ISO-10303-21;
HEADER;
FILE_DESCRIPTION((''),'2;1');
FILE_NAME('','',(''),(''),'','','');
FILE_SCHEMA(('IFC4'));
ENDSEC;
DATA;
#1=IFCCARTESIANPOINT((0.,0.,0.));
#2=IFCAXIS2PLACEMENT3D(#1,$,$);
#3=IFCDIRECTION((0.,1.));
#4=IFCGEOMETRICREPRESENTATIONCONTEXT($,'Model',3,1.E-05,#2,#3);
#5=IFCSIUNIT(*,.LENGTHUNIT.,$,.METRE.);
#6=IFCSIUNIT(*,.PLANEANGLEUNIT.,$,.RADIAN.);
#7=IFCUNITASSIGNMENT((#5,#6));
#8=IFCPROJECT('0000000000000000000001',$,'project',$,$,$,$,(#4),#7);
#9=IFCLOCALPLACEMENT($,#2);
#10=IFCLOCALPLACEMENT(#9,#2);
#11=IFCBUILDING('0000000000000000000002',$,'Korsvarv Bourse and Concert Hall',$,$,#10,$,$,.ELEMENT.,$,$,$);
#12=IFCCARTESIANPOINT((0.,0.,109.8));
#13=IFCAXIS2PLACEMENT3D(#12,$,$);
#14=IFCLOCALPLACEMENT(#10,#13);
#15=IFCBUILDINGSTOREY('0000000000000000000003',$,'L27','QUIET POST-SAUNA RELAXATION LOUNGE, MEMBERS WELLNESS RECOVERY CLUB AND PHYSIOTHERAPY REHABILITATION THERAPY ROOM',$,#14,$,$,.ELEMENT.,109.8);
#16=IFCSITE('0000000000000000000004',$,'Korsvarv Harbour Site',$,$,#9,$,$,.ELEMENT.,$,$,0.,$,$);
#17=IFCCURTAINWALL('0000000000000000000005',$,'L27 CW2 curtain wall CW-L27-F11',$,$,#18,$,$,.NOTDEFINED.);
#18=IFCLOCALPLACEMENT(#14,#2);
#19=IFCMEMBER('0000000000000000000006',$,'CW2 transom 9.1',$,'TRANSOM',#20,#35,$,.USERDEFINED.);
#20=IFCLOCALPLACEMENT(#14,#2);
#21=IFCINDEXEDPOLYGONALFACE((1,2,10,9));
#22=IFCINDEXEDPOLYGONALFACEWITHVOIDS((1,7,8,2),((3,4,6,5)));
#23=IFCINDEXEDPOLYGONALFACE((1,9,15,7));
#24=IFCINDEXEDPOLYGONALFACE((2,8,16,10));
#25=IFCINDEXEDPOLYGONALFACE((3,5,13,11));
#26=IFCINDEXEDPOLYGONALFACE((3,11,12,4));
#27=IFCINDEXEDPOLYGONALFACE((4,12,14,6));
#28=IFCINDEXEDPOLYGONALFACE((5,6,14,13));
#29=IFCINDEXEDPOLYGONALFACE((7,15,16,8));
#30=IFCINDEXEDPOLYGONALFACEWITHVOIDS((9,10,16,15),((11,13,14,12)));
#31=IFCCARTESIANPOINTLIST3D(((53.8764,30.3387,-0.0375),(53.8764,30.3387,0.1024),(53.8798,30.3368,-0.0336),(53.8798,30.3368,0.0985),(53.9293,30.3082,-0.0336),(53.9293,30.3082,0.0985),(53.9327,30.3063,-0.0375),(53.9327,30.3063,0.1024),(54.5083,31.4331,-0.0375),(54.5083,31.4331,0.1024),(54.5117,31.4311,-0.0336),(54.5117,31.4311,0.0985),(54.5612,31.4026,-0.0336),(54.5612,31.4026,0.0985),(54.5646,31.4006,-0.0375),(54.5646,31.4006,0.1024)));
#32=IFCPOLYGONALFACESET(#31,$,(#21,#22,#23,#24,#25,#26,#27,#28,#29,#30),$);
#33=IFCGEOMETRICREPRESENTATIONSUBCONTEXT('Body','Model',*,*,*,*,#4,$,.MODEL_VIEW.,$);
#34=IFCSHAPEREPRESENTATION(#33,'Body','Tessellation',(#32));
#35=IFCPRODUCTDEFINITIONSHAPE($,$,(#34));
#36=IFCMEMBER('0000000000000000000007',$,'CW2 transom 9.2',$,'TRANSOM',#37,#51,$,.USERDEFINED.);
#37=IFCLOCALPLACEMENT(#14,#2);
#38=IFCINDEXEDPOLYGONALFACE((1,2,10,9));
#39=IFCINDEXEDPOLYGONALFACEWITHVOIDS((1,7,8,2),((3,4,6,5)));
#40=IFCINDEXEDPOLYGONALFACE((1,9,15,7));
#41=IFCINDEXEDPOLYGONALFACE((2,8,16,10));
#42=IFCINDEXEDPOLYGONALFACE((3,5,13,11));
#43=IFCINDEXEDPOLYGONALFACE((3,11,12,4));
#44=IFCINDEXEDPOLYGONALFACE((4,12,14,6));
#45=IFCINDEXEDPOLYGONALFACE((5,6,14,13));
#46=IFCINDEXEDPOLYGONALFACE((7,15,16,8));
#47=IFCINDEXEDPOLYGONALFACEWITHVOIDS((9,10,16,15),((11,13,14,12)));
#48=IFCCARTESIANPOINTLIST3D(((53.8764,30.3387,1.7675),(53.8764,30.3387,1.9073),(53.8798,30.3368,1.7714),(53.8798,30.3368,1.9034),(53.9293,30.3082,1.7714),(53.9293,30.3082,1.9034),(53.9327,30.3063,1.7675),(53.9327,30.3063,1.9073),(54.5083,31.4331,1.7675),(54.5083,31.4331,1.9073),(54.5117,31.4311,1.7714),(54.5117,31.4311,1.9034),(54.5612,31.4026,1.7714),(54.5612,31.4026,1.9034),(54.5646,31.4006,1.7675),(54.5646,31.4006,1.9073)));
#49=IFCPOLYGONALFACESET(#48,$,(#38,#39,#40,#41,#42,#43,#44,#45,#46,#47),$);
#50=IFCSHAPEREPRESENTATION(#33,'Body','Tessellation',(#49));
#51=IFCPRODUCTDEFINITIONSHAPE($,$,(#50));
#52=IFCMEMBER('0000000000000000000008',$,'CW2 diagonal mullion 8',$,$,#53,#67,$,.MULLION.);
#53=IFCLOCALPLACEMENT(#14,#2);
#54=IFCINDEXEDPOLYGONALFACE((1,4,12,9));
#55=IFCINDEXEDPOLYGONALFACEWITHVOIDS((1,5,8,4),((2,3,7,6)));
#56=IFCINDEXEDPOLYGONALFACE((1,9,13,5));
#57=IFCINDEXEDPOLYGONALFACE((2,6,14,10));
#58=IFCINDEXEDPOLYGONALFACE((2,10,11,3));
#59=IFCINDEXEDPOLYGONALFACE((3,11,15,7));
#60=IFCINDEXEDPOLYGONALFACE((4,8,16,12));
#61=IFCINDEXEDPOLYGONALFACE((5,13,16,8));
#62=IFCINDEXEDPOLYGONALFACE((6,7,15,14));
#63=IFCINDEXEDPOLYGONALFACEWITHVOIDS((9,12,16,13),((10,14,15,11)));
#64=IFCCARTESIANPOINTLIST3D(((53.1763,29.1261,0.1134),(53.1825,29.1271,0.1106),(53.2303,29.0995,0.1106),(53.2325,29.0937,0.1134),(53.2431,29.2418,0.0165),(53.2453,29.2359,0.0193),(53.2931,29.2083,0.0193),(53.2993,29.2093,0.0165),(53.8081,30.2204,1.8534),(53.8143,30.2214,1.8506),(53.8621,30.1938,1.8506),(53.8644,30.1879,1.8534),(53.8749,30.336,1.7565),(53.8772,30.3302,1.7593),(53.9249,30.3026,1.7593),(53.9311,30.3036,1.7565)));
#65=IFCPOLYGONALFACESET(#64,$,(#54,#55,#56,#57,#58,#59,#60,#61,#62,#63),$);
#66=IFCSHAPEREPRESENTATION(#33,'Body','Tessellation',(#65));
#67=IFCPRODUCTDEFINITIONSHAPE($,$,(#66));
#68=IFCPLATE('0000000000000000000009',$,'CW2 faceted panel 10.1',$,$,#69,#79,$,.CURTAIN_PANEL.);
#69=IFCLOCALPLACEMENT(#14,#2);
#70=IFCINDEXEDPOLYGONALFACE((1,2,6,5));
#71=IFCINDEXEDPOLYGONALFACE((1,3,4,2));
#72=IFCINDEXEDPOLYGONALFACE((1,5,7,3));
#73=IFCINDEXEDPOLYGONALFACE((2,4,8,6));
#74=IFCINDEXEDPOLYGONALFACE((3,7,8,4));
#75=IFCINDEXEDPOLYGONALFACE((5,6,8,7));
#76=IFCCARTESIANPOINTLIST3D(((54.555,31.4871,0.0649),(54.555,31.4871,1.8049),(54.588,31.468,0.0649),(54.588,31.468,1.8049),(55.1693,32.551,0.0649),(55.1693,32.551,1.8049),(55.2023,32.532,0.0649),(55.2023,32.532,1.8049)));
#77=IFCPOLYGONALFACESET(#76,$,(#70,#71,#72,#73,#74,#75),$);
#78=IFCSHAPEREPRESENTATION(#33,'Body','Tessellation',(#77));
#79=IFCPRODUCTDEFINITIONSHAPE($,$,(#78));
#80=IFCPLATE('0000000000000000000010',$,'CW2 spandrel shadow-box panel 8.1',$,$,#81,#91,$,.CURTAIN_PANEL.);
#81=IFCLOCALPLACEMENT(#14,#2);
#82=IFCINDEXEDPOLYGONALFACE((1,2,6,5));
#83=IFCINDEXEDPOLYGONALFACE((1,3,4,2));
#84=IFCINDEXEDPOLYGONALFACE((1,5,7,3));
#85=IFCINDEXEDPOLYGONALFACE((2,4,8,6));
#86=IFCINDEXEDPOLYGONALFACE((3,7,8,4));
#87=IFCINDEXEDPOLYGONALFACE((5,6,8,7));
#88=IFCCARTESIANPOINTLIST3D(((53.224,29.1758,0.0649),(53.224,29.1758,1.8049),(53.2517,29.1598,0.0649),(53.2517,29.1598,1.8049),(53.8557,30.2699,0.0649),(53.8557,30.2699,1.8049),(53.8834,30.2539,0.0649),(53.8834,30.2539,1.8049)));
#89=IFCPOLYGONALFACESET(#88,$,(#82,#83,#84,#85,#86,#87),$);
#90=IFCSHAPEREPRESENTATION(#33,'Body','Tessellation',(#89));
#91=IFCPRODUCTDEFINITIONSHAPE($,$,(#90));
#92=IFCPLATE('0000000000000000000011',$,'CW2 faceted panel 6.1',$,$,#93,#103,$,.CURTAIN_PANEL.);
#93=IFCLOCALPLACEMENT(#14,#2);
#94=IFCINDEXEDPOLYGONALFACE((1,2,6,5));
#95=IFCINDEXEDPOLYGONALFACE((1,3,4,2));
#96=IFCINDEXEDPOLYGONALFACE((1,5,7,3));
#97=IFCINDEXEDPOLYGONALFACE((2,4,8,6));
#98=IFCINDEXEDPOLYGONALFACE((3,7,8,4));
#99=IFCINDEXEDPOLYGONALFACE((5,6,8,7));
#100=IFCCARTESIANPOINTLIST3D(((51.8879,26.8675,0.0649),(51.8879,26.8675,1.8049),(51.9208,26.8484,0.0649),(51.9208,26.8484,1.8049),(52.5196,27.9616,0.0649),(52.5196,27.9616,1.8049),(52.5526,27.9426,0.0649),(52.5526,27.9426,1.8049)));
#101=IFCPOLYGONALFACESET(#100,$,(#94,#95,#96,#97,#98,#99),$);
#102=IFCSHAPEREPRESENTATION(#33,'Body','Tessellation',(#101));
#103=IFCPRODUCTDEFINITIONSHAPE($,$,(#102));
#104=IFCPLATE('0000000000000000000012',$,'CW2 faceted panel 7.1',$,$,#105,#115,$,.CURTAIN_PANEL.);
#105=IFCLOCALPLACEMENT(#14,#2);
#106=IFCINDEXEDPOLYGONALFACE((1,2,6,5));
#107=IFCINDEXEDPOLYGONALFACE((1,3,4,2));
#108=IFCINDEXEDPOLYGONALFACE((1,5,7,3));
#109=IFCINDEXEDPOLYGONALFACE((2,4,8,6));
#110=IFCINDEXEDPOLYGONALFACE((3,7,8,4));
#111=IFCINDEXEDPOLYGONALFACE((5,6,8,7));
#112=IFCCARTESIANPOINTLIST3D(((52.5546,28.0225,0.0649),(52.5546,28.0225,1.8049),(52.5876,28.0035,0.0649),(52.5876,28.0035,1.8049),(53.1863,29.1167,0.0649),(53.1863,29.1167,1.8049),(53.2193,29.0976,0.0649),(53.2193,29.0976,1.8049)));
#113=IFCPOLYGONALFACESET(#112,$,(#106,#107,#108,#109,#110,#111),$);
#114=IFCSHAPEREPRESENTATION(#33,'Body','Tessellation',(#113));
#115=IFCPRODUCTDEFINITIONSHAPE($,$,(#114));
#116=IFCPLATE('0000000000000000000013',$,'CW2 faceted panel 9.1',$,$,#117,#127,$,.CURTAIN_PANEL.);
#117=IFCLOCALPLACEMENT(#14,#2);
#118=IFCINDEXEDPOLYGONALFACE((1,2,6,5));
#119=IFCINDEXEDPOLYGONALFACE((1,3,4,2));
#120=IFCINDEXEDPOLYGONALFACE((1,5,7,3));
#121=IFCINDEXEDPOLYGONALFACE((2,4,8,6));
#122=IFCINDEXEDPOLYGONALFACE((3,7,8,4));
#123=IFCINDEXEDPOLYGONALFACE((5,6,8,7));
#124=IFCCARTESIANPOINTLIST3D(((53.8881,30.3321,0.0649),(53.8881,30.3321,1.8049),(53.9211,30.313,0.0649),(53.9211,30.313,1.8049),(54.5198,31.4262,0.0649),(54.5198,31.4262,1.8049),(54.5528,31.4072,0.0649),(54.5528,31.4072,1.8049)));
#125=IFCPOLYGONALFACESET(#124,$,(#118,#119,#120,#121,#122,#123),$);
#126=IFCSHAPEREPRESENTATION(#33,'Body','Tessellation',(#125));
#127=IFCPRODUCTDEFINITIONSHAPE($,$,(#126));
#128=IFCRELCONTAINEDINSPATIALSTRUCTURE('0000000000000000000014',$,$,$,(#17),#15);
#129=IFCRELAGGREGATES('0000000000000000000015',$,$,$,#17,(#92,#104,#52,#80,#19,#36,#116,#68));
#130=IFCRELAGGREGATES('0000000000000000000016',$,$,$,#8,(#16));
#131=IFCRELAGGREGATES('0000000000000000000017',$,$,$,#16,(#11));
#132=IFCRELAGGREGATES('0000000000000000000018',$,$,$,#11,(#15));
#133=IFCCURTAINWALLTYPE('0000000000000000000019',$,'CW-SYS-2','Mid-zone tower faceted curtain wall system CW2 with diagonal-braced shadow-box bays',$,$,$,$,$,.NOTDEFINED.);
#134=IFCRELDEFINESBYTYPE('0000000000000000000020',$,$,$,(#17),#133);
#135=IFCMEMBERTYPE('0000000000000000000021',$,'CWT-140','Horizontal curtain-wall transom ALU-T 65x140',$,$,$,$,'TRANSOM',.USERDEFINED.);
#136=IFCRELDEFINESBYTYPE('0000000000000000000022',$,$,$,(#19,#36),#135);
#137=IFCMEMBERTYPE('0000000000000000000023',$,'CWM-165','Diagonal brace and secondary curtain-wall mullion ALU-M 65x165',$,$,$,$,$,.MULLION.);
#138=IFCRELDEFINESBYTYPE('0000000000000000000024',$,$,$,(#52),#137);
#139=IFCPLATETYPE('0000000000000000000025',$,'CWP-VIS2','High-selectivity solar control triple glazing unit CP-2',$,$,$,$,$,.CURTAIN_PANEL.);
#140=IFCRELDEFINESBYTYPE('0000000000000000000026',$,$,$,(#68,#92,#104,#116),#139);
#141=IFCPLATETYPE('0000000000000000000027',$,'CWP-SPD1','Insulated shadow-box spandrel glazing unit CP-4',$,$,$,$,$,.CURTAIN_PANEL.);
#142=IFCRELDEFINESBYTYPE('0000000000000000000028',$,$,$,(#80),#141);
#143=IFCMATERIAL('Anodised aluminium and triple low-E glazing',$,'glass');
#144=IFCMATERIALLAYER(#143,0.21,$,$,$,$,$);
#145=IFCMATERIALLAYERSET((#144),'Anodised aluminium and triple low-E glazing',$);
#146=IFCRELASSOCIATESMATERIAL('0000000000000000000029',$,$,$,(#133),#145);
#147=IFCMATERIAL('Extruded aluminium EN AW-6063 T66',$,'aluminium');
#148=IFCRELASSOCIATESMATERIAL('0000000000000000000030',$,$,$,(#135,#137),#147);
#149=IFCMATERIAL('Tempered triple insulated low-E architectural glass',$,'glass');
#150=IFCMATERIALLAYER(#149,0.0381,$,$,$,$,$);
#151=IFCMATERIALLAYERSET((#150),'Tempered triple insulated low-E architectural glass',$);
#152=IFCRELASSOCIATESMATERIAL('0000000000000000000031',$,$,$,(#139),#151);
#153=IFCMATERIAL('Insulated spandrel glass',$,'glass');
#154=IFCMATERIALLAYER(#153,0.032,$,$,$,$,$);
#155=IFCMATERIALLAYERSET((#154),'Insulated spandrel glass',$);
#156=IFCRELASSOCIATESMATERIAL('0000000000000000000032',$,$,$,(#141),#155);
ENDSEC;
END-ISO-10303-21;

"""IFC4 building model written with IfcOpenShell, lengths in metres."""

from ifc_helpers import new_model, si_unit, direction, frame, origin, origin_2d, place, context, subcontext, project, spatial, rectangle, hollow_rectangle, extrude, source, transform, mapped, material, layer, layer_set, material_profile, profile_set, type_object, element, aggregate, save


model = new_model("IFC4")

# Units and contexts
model_context = context("Model", 3, precision=1e-05, world=origin(), true_north=direction((0.0, 1.0)))
body_context = subcontext(model_context, "Body", "Model", "MODEL_VIEW")
ifc_project = project(units=[si_unit("LENGTHUNIT", "METRE"), si_unit("PLANEANGLEUNIT", "RADIAN")], contexts=[model_context])

# Site, building, storey
site_placement = place(None, origin())
site = spatial("IfcSite", under=ifc_project, at=site_placement, Name="Korsvarv Harbour Site", CompositionType="ELEMENT", RefElevation=0.0)
building_placement = place(site_placement, origin())
building = spatial("IfcBuilding", under=site, at=building_placement, Name="Korsvarv Bourse and Concert Hall", CompositionType="ELEMENT")
storey_placement = place(building_placement, frame((0.0, 0.0, 109.8)))
storey = spatial("IfcBuildingStorey", under=building, at=storey_placement, Name="L27", Description="QUIET POST-SAUNA RELAXATION LOUNGE, MEMBERS WELLNESS RECOVERY CLUB AND PHYSIOTHERAPY REHABILITATION THERAPY ROOM", CompositionType="ELEMENT", Elevation=109.8)

# Curtain wall, members, plates
ifc_material_1 = material(Name="Anodised aluminium and triple low-E glazing", Category="glass")
ifc_layer_1 = layer(ifc_material_1, 0.21)
ifc_layer_set_1 = layer_set([ifc_layer_1], Name="Anodised aluminium and triple low-E glazing")
curtain_wall_type = type_object("IfcCurtainWallType", Name="CW-SYS-2", Description="Mid-zone tower faceted curtain wall system CW2 with diagonal-braced shadow-box bays", PredefinedType="NOTDEFINED", material=ifc_layer_set_1)
curtain_wall_placement = place(storey_placement, origin())
curtain_wall = element("IfcCurtainWall", 1, at=curtain_wall_placement, inside=storey, type_object=curtain_wall_type, Name="L27 CW2 curtain wall CW-L27-F11", PredefinedType="NOTDEFINED")
ifc_material_2 = material(Name="Extruded aluminium EN AW-6063 T66", Category="aluminium")
ifc_material_profile_1 = material_profile(ifc_material_2, hollow_rectangle(XDim=0.0649, YDim=0.1399, WallThickness=0.0039, at=origin_2d()), Name="ALU-T 65x140")
ifc_profile_set_1 = profile_set([ifc_material_profile_1], Name="Extruded aluminium EN AW-6063 T66")
member_type_1 = type_object("IfcMemberType", Name="CWT-140", Description="Horizontal curtain-wall transom ALU-T 65x140", ElementType="TRANSOM", PredefinedType="USERDEFINED", material=ifc_profile_set_1)
shared_shape_1 = source(origin(), body_context, "Body", "SweptSolid", [
    extrude(hollow_rectangle(XDim=0.0649, YDim=0.1399, WallThickness=0.0039, at=origin_2d()), origin(), (0.0, 0.0, 1.0), 1.2637),
])
member_1_placement = place(storey_placement, frame((53.9045, 30.3225, 0.0325), z_axis=(0.500046, 0.865999, 0.0), x_axis=(-0.865999, 0.500046, 0.0)))
member_1 = element("IfcMember", 2, at=member_1_placement, type_object=member_type_1, Name="CW2 transom 9.1", ObjectType="TRANSOM", PredefinedType="USERDEFINED", context=body_context, shape_type="MappedRepresentation", body=[
    mapped(shared_shape_1, transform((0.0, 0.0, 0.0), scale=1.0)),
])
member_2_placement = place(storey_placement, frame((53.9045, 30.3225, 1.8374), z_axis=(0.500046, 0.865999, 0.0), x_axis=(-0.865999, 0.500046, 0.0)))
member_2 = element("IfcMember", 3, at=member_2_placement, type_object=member_type_1, Name="CW2 transom 9.2", ObjectType="TRANSOM", PredefinedType="USERDEFINED", context=body_context, shape_type="MappedRepresentation", body=[
    mapped(shared_shape_1, transform((0.0, 0.0, 0.0), scale=1.0)),
])
ifc_material_profile_2 = material_profile(ifc_material_2, hollow_rectangle(XDim=0.0649, YDim=0.165, WallThickness=0.0049, at=origin_2d()), Name="ALU-M 65x165")
ifc_profile_set_2 = profile_set([ifc_material_profile_2], Name="Extruded aluminium EN AW-6063 T66")
member_type_2 = type_object("IfcMemberType", Name="CWM-165", Description="Diagonal brace and secondary curtain-wall mullion ALU-M 65x165", PredefinedType="MULLION", material=ifc_profile_set_2)
shared_shape_2 = source(origin(), body_context, "Body", "SweptSolid", [
    extrude(hollow_rectangle(XDim=0.0649, YDim=0.165, WallThickness=0.0049, at=origin_2d()), origin(), (0.0, 0.0, 1.0), 2.1504),
])
member_3_placement = place(storey_placement, frame((53.2378, 29.1677, 0.0649), z_axis=(0.293825, 0.508858, 0.809154), x_axis=(-0.865999, 0.500046, 0.0)))
member_3 = element("IfcMember", 4, at=member_3_placement, type_object=member_type_2, Name="CW2 diagonal mullion 8", PredefinedType="MULLION", context=body_context, shape_type="MappedRepresentation", body=[
    mapped(shared_shape_2, transform((0.0, 0.0, 0.0), scale=1.0)),
])
ifc_material_3 = material(Name="Tempered triple insulated low-E architectural glass", Category="glass")
ifc_layer_2 = layer(ifc_material_3, 0.0381)
ifc_layer_set_2 = layer_set([ifc_layer_2], Name="Tempered triple insulated low-E architectural glass")
plate_type_1 = type_object("IfcPlateType", Name="CWP-VIS2", Description="High-selectivity solar control triple glazing unit CP-2", PredefinedType="CURTAIN_PANEL", material=ifc_layer_set_2)
shared_shape_3 = source(origin(), body_context, "Body", "SweptSolid", [
    extrude(rectangle(XDim=1.2285, YDim=0.0381, at=origin_2d()), origin(), (0.0, 0.0, 1.0), 1.74),
])
plate_1_placement = place(storey_placement, frame((54.8787, 32.0095, 0.0649), z_axis=(0.0, 0.0, 1.0), x_axis=(0.500006, 0.866022, 0.0)))
plate_1 = element("IfcPlate", 5, at=plate_1_placement, type_object=plate_type_1, Name="CW2 faceted panel 10.1", PredefinedType="CURTAIN_PANEL", context=body_context, shape_type="MappedRepresentation", body=[
    mapped(shared_shape_3, transform((0.0, 0.0, 0.0), scale=1.0)),
])
ifc_material_4 = material(Name="Insulated spandrel glass", Category="glass")
ifc_layer_3 = layer(ifc_material_4, 0.032)
ifc_layer_set_3 = layer_set([ifc_layer_3], Name="Insulated spandrel glass")
plate_type_2 = type_object("IfcPlateType", Name="CWP-SPD1", Description="Insulated shadow-box spandrel glazing unit CP-4", PredefinedType="CURTAIN_PANEL", material=ifc_layer_set_3)
shared_shape_4 = source(origin(), body_context, "Body", "SweptSolid", [
    extrude(rectangle(XDim=1.2634, YDim=0.032, at=origin_2d()), origin(), (0.0, 0.0, 1.0), 1.74),
])
plate_2_placement = place(storey_placement, frame((53.5537, 29.7148, 0.0649), z_axis=(0.0, 0.0, 1.0), x_axis=(0.500006, 0.866022, 0.0)))
plate_2 = element("IfcPlate", 6, at=plate_2_placement, type_object=plate_type_2, Name="CW2 spandrel shadow-box panel 8.1", PredefinedType="CURTAIN_PANEL", context=body_context, shape_type="MappedRepresentation", body=[
    mapped(shared_shape_4, transform((0.0, 0.0, 0.0), scale=1.0)),
])
shared_shape_5 = source(origin(), body_context, "Body", "SweptSolid", [
    extrude(rectangle(XDim=1.2634, YDim=0.0381, at=origin_2d()), origin(), (0.0, 0.0, 1.0), 1.74),
])
plate_3_placement = place(storey_placement, frame((52.2202, 27.405, 0.0649), z_axis=(0.0, 0.0, 1.0), x_axis=(0.500006, 0.866022, 0.0)))
plate_3 = element("IfcPlate", 7, at=plate_3_placement, type_object=plate_type_1, Name="CW2 faceted panel 6.1", PredefinedType="CURTAIN_PANEL", context=body_context, shape_type="MappedRepresentation", body=[
    mapped(shared_shape_5, transform((0.0, 0.0, 0.0), scale=1.0)),
])
plate_4_placement = place(storey_placement, frame((52.887, 28.5601, 0.0649), z_axis=(0.0, 0.0, 1.0), x_axis=(0.500006, 0.866022, 0.0)))
plate_4 = element("IfcPlate", 8, at=plate_4_placement, type_object=plate_type_1, Name="CW2 faceted panel 7.1", PredefinedType="CURTAIN_PANEL", context=body_context, shape_type="MappedRepresentation", body=[
    mapped(shared_shape_5, transform((0.0, 0.0, 0.0), scale=1.0)),
])
plate_5_placement = place(storey_placement, frame((54.2205, 30.8696, 0.0649), z_axis=(0.0, 0.0, 1.0), x_axis=(0.500006, 0.866022, 0.0)))
plate_5 = element("IfcPlate", 9, at=plate_5_placement, type_object=plate_type_1, Name="CW2 faceted panel 9.1", PredefinedType="CURTAIN_PANEL", context=body_context, shape_type="MappedRepresentation", body=[
    mapped(shared_shape_5, transform((0.0, 0.0, 0.0), scale=1.0)),
])
aggregate(curtain_wall, [plate_3, plate_4, member_3, plate_2, member_1, member_2, plate_5, plate_1])

save(model, "model.ifc")
